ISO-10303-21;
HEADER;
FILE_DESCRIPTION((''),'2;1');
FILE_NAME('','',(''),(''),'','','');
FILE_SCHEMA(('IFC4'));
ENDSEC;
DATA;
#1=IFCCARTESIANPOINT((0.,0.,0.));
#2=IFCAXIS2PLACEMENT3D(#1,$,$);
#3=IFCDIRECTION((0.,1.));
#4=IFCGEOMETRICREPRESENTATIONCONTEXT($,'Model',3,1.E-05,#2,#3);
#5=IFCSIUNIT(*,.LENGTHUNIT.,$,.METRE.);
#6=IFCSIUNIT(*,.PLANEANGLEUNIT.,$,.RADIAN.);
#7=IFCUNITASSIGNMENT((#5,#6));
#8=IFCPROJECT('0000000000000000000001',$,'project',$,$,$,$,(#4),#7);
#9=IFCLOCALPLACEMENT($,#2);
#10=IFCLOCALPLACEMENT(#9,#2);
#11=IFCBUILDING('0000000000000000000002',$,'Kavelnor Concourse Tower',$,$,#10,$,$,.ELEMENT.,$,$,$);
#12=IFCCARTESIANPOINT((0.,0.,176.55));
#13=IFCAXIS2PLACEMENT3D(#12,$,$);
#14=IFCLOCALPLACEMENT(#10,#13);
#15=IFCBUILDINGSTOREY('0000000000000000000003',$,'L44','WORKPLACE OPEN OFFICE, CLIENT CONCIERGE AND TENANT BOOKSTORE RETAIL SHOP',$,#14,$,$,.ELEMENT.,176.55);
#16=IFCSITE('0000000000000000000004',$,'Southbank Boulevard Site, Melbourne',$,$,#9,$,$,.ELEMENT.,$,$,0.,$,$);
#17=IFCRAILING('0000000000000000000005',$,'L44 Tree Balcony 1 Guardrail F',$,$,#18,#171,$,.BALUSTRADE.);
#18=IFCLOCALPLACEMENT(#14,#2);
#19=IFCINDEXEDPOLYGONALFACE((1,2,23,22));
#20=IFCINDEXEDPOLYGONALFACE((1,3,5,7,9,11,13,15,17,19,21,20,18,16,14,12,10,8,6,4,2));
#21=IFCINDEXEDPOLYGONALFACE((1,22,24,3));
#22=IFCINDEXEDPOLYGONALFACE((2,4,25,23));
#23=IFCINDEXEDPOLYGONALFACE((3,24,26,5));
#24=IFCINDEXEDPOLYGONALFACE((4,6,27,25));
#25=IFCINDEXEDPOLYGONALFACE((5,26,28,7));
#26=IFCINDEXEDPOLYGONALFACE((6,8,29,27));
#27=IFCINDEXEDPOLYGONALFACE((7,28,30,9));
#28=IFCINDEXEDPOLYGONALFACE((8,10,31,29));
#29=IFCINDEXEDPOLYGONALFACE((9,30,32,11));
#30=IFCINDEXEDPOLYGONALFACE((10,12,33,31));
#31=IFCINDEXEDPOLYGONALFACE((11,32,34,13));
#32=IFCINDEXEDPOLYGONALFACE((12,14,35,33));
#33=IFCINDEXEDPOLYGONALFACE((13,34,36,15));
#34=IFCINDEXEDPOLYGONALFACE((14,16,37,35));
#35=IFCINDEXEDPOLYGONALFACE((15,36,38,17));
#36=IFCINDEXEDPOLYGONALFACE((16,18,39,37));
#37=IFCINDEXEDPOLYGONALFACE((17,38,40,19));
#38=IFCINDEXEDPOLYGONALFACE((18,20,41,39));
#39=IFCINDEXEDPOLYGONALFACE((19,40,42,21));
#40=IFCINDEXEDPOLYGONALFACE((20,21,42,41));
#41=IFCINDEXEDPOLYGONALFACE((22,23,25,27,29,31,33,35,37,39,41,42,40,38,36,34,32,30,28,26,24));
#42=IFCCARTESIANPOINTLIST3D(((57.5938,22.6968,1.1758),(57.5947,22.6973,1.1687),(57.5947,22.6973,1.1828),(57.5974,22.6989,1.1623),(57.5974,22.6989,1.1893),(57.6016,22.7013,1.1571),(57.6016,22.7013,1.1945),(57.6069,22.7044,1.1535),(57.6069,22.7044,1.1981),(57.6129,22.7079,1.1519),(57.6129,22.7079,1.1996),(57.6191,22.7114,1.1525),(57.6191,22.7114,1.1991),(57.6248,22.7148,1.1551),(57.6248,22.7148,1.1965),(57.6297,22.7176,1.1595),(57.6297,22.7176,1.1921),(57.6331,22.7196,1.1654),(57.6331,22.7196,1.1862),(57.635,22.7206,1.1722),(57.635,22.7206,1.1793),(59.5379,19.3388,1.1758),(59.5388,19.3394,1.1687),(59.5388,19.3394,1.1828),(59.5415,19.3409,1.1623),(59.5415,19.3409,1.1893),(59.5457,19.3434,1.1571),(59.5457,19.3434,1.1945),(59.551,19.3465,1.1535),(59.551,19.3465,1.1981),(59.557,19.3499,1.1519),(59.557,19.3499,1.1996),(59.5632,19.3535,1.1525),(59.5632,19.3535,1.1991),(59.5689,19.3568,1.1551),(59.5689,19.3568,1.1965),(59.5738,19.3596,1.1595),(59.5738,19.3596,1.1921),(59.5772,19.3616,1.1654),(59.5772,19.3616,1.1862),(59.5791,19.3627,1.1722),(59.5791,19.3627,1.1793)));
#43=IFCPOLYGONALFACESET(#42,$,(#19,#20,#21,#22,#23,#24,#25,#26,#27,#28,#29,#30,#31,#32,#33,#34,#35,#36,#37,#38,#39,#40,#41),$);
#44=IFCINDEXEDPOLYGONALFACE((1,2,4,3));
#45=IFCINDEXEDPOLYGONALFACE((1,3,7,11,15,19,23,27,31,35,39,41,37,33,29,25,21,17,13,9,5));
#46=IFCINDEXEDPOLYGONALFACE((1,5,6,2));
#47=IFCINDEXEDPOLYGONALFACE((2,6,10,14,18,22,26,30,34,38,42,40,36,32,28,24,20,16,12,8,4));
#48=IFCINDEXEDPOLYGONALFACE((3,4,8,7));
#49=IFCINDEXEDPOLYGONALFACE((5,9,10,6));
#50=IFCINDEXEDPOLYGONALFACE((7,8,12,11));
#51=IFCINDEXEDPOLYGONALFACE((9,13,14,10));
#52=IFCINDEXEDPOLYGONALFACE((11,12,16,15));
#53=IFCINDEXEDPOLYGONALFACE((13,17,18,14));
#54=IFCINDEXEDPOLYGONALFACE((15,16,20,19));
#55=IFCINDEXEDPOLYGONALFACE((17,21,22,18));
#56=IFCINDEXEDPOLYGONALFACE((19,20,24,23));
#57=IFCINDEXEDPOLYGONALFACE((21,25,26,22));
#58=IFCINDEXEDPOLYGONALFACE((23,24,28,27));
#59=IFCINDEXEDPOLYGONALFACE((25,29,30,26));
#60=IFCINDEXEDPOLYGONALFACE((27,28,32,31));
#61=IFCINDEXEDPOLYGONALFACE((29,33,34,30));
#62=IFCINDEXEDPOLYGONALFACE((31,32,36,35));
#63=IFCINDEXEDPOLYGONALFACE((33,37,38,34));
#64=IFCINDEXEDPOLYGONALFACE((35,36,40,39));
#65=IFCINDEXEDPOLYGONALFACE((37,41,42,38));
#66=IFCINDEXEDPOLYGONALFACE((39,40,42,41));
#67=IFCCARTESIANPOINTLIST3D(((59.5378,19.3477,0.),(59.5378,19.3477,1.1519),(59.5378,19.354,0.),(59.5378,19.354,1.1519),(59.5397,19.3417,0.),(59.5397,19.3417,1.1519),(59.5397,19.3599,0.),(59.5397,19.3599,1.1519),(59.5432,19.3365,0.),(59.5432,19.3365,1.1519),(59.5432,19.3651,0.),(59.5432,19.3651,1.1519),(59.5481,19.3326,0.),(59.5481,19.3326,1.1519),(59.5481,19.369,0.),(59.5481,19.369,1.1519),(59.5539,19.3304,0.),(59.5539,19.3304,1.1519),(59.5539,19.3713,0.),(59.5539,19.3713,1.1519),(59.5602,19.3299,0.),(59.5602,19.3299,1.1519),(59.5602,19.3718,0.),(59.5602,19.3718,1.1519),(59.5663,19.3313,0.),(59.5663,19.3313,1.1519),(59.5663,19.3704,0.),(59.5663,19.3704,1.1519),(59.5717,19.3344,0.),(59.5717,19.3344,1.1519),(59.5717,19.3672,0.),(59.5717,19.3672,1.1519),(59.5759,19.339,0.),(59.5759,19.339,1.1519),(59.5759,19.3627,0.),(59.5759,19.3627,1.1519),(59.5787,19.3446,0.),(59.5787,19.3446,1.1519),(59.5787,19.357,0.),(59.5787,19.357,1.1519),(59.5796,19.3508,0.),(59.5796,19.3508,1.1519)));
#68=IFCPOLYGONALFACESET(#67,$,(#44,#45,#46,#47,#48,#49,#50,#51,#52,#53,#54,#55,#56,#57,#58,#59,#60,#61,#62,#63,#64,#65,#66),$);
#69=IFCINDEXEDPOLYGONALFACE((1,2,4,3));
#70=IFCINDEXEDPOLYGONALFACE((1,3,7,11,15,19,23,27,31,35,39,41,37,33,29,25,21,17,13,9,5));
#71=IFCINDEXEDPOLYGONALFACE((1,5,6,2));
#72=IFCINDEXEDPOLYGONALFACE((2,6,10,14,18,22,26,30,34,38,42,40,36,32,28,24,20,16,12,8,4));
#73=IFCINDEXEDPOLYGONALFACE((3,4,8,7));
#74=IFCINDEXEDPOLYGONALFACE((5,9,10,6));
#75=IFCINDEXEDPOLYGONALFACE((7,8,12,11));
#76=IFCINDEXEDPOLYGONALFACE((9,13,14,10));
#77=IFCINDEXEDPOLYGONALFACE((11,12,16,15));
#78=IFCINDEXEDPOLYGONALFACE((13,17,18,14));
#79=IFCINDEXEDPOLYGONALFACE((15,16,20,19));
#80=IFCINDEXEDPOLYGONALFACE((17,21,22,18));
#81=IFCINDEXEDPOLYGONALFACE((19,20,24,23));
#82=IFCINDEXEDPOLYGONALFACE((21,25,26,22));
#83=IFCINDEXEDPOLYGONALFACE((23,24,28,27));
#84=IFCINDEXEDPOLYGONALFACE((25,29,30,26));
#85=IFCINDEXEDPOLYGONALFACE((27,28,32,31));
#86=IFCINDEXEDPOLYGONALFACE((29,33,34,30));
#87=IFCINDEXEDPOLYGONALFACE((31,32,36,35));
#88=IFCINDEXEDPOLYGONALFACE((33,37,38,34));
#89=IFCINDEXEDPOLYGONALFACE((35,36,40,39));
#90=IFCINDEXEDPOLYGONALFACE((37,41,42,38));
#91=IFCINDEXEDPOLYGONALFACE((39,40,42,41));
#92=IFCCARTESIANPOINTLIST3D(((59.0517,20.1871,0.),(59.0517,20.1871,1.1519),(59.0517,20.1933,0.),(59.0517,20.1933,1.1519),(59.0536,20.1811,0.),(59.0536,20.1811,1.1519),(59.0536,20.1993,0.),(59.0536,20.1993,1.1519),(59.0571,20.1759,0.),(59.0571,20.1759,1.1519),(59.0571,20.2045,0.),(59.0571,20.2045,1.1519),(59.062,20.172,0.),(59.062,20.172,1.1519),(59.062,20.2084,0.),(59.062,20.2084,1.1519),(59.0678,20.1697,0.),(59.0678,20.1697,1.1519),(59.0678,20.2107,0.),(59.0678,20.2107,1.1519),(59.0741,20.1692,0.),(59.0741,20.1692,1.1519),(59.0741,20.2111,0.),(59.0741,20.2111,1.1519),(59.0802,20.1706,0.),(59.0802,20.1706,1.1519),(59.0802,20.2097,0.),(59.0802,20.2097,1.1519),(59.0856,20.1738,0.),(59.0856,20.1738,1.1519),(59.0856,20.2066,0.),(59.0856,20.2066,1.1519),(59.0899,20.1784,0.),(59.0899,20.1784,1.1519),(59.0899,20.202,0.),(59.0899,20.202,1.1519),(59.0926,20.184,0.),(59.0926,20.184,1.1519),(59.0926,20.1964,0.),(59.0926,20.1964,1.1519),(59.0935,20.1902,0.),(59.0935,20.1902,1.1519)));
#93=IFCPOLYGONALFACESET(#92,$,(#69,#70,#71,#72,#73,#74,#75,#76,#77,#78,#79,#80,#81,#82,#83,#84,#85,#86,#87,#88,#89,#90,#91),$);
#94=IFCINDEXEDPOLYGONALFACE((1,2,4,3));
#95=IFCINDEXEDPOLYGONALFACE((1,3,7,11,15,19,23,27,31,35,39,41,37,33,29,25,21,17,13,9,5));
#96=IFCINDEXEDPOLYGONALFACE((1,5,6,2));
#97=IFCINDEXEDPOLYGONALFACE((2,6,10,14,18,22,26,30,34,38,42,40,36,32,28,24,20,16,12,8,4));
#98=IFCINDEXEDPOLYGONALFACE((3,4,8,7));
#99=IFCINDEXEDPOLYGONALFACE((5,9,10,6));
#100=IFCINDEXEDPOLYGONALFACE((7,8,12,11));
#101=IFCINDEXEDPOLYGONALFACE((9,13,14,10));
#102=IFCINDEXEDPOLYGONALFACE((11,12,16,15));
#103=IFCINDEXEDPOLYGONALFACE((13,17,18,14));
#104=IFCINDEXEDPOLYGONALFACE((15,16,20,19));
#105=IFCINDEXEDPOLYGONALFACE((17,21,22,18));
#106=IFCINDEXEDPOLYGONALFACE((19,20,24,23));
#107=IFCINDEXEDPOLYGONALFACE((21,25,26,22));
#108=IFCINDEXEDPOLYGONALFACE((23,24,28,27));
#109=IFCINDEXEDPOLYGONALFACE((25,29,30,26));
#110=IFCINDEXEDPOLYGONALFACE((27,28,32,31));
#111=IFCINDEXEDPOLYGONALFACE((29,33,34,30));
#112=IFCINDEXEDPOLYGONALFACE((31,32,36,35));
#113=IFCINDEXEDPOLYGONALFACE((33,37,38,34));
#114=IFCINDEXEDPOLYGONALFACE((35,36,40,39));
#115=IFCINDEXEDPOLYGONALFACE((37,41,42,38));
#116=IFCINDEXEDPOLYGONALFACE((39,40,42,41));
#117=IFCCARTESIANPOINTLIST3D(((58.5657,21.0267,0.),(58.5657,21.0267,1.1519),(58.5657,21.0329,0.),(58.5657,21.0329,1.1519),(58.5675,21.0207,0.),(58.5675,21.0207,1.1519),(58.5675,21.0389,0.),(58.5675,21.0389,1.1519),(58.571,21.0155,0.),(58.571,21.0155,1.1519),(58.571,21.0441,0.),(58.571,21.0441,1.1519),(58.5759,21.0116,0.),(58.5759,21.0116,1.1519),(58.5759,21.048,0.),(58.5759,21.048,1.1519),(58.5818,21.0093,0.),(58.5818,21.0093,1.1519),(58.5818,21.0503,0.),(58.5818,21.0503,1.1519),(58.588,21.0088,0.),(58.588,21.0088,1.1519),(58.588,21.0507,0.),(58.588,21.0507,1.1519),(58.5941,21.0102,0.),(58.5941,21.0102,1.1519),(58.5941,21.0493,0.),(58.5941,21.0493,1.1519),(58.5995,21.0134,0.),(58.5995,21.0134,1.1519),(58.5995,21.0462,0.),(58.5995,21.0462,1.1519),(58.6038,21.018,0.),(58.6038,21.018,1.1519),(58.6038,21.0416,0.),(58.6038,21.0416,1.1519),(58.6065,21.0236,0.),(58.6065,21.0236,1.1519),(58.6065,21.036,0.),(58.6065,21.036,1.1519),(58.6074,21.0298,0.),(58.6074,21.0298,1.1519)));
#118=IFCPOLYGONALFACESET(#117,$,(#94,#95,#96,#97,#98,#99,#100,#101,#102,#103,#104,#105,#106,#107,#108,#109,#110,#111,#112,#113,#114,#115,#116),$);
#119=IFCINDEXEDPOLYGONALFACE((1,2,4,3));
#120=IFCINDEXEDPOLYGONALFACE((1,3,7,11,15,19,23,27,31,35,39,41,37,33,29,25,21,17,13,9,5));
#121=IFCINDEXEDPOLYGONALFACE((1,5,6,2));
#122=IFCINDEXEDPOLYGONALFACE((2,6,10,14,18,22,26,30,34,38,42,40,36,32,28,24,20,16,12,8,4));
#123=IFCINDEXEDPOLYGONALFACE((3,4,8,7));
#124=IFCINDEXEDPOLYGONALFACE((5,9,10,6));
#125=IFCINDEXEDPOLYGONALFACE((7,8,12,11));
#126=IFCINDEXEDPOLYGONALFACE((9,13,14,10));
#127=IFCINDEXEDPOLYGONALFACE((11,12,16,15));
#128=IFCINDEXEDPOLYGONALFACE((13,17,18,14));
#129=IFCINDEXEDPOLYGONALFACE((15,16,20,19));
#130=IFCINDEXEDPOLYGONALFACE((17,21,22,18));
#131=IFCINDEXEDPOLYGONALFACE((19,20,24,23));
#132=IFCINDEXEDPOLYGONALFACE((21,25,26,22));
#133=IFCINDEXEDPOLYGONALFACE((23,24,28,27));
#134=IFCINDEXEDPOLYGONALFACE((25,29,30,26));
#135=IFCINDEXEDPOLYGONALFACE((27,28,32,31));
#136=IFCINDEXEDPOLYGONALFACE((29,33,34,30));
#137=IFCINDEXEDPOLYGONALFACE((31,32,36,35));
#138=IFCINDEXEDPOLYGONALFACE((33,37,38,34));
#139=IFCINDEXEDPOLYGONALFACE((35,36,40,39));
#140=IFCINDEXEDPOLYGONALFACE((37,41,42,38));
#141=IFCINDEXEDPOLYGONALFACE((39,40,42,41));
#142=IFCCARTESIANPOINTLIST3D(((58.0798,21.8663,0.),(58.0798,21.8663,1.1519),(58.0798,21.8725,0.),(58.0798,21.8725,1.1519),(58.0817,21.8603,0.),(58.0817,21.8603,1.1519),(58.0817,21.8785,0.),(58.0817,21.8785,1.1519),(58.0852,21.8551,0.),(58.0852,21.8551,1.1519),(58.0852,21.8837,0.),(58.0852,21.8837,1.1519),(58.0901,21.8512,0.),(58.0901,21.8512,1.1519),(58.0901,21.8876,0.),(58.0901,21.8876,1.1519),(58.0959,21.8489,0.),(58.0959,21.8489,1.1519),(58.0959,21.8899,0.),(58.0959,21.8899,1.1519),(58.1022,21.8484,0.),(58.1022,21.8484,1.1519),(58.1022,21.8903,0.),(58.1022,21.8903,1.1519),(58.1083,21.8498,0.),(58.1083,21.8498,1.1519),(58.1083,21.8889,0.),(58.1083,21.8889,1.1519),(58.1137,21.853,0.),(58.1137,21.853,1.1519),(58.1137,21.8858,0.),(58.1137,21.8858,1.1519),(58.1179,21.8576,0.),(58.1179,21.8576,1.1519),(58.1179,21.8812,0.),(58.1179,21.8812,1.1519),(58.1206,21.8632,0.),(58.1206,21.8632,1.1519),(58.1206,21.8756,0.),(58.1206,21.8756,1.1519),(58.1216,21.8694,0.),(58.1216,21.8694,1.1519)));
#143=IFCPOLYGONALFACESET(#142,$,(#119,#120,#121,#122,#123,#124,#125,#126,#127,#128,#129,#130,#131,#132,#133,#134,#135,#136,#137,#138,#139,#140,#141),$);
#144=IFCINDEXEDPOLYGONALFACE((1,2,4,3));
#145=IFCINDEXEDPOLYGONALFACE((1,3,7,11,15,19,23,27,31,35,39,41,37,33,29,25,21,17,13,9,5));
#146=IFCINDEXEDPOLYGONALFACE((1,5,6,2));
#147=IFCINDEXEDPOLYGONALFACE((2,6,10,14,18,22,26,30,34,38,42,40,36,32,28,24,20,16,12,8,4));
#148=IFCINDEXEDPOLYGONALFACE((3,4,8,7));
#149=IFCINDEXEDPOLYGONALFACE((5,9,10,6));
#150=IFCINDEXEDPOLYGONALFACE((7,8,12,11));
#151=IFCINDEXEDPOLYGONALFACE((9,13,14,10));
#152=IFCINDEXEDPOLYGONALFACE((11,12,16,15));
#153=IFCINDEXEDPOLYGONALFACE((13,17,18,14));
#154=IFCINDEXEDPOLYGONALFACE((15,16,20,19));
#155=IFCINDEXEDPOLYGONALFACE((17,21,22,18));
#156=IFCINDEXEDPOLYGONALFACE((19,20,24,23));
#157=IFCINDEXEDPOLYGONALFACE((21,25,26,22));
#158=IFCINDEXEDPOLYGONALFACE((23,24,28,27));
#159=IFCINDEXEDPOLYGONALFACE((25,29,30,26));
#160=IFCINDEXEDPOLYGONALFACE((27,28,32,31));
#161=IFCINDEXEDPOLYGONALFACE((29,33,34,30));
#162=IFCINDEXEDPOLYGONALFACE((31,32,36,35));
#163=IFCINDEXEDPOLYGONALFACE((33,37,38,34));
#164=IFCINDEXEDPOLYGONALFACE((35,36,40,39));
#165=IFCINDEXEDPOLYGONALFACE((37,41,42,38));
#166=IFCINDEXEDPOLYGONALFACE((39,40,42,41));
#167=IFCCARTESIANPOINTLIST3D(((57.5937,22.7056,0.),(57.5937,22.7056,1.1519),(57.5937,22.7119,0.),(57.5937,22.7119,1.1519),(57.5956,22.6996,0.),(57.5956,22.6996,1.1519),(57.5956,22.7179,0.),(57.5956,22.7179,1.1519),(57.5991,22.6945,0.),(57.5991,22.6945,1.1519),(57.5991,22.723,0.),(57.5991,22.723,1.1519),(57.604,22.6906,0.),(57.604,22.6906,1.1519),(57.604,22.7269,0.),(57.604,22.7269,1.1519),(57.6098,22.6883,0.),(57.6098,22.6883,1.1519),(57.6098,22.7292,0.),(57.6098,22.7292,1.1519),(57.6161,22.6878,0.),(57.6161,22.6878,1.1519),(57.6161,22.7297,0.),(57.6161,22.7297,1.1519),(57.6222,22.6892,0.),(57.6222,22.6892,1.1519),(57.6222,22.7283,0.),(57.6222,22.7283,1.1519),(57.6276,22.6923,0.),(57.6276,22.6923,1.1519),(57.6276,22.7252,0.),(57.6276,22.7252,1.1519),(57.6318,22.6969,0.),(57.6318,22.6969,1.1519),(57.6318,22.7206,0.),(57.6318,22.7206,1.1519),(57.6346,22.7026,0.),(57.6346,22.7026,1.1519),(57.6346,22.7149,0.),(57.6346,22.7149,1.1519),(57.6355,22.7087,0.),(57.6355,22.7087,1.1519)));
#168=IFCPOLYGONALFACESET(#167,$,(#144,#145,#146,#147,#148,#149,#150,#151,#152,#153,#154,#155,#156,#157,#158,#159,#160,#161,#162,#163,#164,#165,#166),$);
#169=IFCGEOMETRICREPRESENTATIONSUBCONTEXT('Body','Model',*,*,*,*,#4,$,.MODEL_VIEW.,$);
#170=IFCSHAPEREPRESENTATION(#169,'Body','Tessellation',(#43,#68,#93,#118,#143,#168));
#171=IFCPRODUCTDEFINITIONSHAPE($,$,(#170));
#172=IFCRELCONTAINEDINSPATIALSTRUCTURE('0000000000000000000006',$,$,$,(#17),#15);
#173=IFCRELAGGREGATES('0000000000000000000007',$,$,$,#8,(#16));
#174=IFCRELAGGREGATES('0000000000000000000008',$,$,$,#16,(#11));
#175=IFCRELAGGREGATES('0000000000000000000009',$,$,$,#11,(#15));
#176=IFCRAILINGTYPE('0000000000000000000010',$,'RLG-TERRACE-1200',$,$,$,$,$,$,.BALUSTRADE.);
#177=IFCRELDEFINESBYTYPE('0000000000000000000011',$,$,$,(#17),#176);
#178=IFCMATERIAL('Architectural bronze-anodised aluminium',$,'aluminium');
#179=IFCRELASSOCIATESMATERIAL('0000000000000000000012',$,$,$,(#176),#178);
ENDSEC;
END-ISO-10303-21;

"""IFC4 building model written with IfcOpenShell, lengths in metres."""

from ifc_helpers import new_model, si_unit, direction, frame, origin, origin_2d, place, context, subcontext, project, spatial, circle, extrude, material, type_object, element, save


model = new_model("IFC4")

# Units and contexts
model_context = context("Model", 3, precision=1e-05, world=origin(), true_north=direction((0.0, 1.0)))
body_context = subcontext(model_context, "Body", "Model", "MODEL_VIEW")
ifc_project = project(units=[si_unit("LENGTHUNIT", "METRE"), si_unit("PLANEANGLEUNIT", "RADIAN")], contexts=[model_context])

# Site, building, storey
site_placement = place(None, origin())
site = spatial("IfcSite", under=ifc_project, at=site_placement, Name="Southbank Boulevard Site, Melbourne", CompositionType="ELEMENT", RefElevation=0.0)
building_placement = place(site_placement, origin())
building = spatial("IfcBuilding", under=site, at=building_placement, Name="Kavelnor Concourse Tower", CompositionType="ELEMENT")
storey_placement = place(building_placement, frame((0.0, 0.0, 176.55)))
storey = spatial("IfcBuildingStorey", under=building, at=storey_placement, Name="L44", Description="WORKPLACE OPEN OFFICE, CLIENT CONCIERGE AND TENANT BOOKSTORE RETAIL SHOP", CompositionType="ELEMENT", Elevation=176.55)

# Railing
ifc_material_1 = material(Name="Architectural bronze-anodised aluminium", Category="aluminium")
railing_type_1 = type_object("IfcRailingType", Name="RLG-TERRACE-1200", PredefinedType="BALUSTRADE", material=ifc_material_1)
railing_1_placement = place(storey_placement, frame((59.5586, 19.3508, 0.0)))
element("IfcRailing", 1, at=railing_1_placement, inside=storey, type_object=railing_type_1, Name="L44 Tree Balcony 1 Guardrail F", PredefinedType="BALUSTRADE", context=body_context, shape_type="SweptSolid", body=[
    extrude(circle(Radius=0.0239, at=origin_2d()), frame((0.0, 0.0, 1.1758), z_axis=(-0.501044, 0.865422, 0.0), x_axis=(-0.865422, -0.501044, 0.0)), (0.0, 0.0, 1.0), 3.8801),
    extrude(circle(Radius=0.021, at=origin_2d()), origin(), (0.0, 0.0, 1.0), 1.1519),
    extrude(circle(Radius=0.021, at=origin_2d()), frame((-0.4861, 0.8394, 0.0)), (0.0, 0.0, 1.0), 1.1519),
    extrude(circle(Radius=0.021, at=origin_2d()), frame((-0.9722, 1.679, 0.0)), (0.0, 0.0, 1.0), 1.1519),
    extrude(circle(Radius=0.021, at=origin_2d()), frame((-1.458, 2.5186, 0.0)), (0.0, 0.0, 1.0), 1.1519),
    extrude(circle(Radius=0.021, at=origin_2d()), frame((-1.9441, 3.3579, 0.0)), (0.0, 0.0, 1.0), 1.1519),
])

save(model, "model.ifc")
